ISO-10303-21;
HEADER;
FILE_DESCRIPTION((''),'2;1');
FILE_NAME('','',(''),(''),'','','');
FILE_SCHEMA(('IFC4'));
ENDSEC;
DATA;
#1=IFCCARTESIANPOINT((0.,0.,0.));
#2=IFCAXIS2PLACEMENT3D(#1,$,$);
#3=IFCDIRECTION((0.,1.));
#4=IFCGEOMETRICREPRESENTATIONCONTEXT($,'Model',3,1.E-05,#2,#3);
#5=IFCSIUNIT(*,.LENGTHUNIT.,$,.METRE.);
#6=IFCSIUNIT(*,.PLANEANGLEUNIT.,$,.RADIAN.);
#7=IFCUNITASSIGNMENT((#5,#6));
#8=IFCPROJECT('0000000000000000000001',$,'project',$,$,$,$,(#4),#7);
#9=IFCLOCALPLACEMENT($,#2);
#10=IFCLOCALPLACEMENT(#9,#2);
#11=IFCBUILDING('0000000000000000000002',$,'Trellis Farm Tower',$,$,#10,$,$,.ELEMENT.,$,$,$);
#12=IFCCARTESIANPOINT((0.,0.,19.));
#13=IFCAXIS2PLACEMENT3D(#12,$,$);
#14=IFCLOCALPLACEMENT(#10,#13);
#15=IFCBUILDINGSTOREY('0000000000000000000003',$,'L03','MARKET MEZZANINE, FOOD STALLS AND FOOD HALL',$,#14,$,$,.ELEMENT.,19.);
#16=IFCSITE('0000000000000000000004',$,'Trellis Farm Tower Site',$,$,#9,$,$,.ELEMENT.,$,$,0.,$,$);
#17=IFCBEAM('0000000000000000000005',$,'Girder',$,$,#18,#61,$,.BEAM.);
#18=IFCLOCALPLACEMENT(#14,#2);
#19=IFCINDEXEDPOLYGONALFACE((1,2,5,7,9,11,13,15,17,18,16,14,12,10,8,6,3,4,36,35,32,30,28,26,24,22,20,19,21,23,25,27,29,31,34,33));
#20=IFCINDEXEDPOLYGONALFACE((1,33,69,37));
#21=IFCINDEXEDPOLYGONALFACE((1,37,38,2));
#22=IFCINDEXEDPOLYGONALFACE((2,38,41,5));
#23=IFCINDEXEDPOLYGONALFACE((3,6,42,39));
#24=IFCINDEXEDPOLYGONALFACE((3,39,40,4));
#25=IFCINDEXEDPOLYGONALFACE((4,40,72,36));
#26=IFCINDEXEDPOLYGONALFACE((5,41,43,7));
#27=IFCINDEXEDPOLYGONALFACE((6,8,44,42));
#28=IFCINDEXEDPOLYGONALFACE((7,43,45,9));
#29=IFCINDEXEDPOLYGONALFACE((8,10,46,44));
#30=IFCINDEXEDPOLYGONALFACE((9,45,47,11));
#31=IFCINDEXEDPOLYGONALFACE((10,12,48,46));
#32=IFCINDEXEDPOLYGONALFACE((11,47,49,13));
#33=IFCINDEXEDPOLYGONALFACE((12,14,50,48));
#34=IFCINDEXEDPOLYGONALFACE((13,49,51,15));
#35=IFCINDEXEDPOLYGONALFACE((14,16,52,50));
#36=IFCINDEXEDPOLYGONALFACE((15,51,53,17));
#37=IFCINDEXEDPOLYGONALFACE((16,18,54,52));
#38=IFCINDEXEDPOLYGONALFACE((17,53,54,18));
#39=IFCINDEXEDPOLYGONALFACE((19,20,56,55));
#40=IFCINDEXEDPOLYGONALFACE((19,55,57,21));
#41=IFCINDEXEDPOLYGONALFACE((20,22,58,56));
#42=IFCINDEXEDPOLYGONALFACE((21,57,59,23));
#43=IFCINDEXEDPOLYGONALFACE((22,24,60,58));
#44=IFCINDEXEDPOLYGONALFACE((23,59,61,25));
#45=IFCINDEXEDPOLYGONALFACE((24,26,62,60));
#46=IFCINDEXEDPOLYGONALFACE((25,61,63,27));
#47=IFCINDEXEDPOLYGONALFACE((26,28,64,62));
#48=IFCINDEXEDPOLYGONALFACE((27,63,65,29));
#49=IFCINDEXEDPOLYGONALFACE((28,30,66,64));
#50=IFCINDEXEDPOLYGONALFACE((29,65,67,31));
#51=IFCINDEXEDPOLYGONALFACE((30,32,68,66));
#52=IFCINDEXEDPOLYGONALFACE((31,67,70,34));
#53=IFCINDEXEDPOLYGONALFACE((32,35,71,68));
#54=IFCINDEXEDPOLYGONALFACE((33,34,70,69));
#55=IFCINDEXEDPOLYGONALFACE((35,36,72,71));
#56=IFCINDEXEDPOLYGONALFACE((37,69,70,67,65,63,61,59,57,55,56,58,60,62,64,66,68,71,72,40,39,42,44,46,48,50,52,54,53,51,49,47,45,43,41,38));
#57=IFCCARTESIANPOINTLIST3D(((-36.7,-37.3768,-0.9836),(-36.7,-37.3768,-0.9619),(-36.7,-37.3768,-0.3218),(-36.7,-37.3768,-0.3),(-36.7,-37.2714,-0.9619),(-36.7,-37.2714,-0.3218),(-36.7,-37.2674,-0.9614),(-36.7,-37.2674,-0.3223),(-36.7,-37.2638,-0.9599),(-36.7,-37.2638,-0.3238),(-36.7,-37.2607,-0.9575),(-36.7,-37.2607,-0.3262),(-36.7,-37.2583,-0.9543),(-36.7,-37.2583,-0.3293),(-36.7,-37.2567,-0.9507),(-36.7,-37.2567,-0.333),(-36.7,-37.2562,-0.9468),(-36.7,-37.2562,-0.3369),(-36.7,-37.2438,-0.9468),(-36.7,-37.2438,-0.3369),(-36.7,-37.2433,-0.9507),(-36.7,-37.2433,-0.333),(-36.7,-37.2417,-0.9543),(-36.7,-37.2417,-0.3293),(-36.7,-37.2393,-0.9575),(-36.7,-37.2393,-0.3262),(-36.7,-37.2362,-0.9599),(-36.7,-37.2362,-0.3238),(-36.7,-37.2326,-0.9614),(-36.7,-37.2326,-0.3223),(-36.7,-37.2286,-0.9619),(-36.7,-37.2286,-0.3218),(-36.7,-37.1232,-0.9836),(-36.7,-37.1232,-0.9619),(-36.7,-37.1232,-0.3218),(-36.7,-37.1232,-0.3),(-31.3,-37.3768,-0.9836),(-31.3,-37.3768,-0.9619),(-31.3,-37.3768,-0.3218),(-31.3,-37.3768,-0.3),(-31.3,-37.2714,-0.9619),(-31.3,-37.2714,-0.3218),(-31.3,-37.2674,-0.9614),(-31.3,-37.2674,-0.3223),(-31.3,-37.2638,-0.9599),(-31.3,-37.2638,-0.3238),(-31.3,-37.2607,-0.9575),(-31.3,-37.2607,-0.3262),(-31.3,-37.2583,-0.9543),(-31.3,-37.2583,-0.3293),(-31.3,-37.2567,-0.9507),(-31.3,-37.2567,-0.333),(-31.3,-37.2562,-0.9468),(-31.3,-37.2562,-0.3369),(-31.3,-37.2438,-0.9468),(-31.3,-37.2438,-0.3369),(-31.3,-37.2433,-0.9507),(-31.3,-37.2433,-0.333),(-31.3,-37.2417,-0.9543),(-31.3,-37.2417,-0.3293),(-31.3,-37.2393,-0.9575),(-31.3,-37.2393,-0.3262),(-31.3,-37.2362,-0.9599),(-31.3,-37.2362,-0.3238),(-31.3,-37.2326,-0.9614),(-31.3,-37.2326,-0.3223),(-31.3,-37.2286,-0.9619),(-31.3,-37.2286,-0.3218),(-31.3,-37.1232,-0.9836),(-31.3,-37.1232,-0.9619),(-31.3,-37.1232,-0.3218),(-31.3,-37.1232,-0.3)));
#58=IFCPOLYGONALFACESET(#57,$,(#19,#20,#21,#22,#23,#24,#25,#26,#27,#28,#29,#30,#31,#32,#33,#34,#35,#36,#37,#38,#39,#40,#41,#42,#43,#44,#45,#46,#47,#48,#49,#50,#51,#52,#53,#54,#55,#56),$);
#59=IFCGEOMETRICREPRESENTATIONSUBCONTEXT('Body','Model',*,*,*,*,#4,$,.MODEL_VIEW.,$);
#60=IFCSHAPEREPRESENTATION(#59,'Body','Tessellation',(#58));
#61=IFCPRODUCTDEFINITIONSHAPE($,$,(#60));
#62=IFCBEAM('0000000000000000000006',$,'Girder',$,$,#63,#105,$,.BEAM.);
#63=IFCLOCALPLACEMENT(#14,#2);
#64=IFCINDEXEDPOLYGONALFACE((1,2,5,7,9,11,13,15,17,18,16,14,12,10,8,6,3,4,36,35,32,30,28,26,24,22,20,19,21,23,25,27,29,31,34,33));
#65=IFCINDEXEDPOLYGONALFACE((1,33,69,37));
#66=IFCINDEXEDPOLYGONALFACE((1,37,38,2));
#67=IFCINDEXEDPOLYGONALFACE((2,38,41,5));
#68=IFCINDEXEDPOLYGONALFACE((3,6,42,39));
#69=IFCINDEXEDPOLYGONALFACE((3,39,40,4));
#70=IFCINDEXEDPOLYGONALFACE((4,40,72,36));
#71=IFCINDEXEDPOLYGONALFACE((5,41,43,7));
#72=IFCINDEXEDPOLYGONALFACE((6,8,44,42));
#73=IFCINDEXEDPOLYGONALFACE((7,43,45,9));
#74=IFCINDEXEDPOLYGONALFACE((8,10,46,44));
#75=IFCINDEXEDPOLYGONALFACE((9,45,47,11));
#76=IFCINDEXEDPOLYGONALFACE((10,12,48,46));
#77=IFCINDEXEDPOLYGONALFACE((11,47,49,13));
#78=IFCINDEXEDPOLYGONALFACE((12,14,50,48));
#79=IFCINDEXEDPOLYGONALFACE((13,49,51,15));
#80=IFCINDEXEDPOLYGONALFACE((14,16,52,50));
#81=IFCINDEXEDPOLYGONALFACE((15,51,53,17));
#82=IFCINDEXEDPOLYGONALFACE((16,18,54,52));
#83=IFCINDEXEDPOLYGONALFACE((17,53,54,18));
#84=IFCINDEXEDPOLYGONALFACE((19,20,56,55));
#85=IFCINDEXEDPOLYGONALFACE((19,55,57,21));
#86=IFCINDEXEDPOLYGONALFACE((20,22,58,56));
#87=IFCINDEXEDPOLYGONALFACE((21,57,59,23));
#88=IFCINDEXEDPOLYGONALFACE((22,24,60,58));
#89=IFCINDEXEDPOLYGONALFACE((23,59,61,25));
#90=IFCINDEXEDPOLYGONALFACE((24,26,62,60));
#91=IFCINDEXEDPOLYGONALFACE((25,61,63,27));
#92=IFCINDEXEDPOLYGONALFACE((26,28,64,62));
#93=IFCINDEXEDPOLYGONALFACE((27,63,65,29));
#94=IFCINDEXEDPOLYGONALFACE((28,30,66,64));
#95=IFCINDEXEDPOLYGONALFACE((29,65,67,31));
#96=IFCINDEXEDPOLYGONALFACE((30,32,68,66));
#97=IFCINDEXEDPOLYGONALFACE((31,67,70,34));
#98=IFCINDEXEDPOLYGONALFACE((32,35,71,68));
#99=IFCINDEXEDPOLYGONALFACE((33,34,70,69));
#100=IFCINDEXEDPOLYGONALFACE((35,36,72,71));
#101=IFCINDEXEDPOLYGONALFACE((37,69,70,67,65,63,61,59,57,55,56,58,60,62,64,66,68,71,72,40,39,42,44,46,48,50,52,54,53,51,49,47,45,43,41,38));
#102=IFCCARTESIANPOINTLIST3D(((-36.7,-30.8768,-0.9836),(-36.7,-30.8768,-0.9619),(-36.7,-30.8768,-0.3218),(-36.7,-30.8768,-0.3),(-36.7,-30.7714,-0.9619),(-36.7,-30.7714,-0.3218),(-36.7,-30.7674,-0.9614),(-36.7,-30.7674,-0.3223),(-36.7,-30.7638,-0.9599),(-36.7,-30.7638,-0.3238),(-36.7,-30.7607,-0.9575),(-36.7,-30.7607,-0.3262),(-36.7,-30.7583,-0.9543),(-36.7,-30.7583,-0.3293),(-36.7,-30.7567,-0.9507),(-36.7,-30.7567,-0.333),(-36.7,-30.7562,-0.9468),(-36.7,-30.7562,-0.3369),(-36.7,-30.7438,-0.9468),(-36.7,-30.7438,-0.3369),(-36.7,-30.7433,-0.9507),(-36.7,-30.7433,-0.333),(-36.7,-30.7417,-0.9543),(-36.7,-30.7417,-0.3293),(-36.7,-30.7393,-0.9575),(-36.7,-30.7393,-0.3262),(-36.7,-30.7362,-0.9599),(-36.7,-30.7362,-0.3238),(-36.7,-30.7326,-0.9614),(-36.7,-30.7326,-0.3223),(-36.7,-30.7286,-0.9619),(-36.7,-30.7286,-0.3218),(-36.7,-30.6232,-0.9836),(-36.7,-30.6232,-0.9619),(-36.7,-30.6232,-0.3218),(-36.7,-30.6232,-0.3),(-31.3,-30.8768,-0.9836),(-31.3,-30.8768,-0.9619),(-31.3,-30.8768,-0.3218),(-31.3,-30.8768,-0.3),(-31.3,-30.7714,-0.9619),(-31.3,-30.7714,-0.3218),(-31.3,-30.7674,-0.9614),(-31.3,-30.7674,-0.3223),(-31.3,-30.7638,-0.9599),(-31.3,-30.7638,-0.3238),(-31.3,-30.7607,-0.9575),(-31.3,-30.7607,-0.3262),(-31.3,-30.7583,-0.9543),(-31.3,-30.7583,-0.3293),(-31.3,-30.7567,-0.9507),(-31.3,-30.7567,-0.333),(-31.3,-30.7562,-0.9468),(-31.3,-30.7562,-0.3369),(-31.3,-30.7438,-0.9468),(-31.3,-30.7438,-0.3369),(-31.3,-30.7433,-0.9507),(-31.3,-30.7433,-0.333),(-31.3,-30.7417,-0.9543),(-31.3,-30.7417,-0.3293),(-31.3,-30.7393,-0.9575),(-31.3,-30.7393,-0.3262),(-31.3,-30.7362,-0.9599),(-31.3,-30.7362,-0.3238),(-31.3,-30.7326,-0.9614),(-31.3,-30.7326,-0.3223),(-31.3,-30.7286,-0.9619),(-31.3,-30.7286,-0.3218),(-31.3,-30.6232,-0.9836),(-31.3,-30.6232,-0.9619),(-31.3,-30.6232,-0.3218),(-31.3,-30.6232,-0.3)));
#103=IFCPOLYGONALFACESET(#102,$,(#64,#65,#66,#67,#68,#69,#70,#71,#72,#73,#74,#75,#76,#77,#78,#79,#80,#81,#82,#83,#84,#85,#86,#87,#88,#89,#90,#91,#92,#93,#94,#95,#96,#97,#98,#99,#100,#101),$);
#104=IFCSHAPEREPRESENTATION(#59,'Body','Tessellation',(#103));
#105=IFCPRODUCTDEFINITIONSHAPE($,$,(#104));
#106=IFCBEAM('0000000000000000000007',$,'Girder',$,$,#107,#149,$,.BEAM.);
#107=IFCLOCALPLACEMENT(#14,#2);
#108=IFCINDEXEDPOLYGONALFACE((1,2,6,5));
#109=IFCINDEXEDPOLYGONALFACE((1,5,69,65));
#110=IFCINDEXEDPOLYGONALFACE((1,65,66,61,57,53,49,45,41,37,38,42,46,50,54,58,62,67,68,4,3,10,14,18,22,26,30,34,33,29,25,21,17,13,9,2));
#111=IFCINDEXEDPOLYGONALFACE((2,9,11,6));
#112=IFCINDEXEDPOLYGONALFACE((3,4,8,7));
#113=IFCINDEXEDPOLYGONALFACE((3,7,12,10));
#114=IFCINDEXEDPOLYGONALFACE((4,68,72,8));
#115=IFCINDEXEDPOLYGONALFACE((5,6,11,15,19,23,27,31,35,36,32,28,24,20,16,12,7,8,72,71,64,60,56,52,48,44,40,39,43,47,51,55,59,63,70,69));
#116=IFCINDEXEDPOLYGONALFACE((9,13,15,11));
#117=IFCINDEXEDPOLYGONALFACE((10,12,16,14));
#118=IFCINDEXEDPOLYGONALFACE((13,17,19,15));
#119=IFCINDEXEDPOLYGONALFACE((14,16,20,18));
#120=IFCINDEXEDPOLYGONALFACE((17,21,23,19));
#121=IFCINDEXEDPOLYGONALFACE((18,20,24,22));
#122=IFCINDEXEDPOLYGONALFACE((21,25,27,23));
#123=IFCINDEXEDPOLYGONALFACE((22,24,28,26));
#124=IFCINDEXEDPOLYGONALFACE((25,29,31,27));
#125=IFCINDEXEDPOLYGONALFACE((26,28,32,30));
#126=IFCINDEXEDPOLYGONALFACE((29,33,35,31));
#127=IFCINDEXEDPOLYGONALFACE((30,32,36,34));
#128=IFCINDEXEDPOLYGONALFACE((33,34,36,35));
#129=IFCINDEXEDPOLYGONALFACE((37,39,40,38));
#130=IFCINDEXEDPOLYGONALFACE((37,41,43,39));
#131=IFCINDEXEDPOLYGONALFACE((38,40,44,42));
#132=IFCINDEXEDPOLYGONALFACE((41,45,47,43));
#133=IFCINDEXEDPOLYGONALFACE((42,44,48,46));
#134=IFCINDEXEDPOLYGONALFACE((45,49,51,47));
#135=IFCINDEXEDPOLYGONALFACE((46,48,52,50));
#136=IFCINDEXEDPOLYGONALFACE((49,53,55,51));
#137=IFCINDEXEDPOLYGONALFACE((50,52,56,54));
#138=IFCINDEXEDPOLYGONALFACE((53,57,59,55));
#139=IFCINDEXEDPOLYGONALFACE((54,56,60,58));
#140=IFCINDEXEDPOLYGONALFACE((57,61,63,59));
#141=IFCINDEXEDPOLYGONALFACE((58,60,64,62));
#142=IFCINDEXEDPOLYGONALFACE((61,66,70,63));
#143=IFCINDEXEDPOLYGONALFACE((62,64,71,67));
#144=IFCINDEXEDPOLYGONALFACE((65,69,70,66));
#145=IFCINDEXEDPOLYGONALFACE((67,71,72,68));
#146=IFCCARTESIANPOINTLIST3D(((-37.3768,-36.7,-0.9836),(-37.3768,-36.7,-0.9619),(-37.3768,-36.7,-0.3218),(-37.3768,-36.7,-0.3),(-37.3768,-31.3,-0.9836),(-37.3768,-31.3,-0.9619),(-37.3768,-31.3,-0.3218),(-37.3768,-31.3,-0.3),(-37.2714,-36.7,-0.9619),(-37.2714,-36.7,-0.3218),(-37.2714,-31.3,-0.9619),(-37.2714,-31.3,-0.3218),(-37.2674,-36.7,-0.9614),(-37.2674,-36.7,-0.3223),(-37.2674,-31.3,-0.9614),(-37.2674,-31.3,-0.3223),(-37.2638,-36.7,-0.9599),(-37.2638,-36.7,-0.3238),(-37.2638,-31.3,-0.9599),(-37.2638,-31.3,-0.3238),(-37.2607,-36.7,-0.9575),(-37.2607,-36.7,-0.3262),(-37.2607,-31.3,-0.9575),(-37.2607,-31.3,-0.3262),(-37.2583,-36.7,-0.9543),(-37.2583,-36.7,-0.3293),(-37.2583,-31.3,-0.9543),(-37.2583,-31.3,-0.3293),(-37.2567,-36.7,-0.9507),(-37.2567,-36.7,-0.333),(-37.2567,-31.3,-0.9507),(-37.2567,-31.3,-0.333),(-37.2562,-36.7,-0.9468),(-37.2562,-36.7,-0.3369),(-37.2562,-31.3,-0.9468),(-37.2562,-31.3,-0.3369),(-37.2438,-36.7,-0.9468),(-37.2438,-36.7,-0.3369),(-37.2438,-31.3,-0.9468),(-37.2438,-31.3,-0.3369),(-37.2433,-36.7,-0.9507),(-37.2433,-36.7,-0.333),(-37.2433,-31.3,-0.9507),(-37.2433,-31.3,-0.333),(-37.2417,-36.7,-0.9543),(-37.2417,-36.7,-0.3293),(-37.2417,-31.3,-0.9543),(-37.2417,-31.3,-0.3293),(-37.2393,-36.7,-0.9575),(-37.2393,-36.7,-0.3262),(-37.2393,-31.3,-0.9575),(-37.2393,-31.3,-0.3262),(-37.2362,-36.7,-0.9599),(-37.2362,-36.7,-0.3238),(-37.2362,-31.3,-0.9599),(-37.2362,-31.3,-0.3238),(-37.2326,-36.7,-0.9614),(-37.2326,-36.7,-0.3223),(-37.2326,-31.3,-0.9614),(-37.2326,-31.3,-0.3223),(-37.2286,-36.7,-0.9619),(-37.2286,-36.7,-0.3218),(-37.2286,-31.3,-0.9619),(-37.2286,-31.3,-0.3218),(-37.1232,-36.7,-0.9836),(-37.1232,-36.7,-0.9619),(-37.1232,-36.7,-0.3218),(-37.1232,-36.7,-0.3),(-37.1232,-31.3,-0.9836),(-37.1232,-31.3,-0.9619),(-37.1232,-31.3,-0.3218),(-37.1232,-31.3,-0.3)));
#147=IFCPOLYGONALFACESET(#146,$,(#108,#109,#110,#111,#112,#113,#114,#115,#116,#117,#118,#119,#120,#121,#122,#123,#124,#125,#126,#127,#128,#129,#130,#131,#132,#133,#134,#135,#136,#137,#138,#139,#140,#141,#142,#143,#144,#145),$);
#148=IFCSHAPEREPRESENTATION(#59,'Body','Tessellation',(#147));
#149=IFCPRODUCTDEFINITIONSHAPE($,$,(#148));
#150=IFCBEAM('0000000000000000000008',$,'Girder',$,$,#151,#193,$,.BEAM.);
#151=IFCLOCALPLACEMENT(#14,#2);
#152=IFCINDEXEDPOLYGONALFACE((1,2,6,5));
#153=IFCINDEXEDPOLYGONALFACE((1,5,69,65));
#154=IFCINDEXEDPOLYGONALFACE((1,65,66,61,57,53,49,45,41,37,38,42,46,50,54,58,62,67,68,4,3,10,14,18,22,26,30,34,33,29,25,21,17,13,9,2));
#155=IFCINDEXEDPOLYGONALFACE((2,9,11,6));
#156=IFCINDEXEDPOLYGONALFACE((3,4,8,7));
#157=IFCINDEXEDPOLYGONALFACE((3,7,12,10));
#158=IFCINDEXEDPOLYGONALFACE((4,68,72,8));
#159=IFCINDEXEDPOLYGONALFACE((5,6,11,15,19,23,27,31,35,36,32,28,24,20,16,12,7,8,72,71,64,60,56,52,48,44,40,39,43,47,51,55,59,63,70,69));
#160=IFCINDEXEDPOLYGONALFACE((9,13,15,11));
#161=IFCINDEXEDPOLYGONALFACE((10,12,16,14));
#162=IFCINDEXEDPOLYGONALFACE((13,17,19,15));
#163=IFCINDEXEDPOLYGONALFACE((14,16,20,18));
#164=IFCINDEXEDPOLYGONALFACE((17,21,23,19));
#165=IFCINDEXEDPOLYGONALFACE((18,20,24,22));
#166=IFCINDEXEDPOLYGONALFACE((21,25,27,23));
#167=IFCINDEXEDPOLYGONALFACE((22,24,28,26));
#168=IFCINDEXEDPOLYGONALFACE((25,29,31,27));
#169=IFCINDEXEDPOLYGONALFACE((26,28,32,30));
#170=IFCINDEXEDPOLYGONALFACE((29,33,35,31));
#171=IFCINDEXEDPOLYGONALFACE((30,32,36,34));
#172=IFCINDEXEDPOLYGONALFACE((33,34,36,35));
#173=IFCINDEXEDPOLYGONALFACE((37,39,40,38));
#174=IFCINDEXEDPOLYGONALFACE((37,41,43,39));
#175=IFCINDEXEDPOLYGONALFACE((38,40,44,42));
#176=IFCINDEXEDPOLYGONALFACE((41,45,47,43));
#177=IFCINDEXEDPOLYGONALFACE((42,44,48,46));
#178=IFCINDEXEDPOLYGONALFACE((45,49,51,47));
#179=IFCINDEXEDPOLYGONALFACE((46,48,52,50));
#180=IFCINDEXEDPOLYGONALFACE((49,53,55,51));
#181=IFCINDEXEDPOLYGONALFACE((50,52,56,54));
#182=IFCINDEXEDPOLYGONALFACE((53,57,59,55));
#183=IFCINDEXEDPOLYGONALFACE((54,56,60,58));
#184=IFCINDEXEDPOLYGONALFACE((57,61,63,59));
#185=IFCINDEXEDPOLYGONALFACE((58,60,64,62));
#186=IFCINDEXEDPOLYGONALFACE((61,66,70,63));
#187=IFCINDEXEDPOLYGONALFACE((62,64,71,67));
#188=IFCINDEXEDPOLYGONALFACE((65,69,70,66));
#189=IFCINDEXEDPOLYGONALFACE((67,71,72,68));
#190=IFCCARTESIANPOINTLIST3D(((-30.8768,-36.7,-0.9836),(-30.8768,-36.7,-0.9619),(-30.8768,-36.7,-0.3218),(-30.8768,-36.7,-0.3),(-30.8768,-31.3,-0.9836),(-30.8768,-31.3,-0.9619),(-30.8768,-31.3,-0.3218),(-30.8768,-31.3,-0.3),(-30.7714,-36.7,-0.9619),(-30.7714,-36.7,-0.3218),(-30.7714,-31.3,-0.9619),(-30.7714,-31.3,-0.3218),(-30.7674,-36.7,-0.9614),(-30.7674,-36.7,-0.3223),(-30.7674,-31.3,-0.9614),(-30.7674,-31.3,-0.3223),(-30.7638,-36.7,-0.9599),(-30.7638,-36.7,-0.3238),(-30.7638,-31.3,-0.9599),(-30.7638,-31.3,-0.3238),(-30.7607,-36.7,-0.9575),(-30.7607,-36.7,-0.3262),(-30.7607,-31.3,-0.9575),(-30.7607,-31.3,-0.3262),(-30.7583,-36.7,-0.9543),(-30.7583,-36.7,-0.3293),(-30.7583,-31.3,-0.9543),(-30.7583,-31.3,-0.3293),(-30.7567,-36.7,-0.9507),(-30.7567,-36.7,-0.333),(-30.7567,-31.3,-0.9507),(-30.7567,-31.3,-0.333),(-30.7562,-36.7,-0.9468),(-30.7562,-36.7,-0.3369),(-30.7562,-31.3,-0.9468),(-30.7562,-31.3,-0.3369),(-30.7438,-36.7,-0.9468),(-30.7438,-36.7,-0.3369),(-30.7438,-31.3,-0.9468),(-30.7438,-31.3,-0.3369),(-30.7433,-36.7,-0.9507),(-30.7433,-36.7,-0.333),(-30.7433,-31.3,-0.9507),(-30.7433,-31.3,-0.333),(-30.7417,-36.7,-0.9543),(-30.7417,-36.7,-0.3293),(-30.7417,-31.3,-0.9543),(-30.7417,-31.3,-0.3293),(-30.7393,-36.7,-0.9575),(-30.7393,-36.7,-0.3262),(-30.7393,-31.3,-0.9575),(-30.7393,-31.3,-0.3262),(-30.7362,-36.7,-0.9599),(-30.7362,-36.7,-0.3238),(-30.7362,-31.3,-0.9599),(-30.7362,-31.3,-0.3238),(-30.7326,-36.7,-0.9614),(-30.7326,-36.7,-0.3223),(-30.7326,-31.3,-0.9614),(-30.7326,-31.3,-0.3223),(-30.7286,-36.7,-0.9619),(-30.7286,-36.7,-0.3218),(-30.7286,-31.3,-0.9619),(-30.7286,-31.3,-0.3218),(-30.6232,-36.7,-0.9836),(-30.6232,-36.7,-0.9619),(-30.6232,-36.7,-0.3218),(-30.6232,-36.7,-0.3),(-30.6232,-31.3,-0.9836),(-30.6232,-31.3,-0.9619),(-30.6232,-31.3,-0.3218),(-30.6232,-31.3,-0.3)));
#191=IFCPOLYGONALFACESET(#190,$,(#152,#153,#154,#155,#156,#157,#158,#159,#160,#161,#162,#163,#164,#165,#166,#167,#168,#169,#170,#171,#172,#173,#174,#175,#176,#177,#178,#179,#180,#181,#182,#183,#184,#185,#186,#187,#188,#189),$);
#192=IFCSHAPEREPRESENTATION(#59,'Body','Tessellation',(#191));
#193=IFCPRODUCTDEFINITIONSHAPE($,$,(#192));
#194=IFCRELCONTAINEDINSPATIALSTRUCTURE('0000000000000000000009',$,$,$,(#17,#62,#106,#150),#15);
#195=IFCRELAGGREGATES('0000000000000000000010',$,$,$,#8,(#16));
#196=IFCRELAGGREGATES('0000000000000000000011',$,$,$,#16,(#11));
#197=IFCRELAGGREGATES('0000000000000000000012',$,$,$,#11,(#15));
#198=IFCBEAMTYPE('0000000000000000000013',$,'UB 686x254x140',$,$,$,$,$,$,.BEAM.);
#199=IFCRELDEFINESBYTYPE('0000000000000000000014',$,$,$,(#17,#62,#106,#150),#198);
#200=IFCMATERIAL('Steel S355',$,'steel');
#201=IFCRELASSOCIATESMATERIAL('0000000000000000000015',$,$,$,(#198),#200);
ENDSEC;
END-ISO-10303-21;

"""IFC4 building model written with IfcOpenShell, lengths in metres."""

from ifc_helpers import new_model, si_unit, direction, frame, origin, origin_2d, place, context, subcontext, project, spatial, i_section, extrude, source, transform, mapped, material, material_profile, profile_set, type_object, element, save


model = new_model("IFC4")

# Units and contexts
model_context = context("Model", 3, precision=1e-05, world=origin(), true_north=direction((0.0, 1.0)))
body_context = subcontext(model_context, "Body", "Model", "MODEL_VIEW")
ifc_project = project(units=[si_unit("LENGTHUNIT", "METRE"), si_unit("PLANEANGLEUNIT", "RADIAN")], contexts=[model_context])

# Site, building, storey
site_placement = place(None, origin())
site = spatial("IfcSite", under=ifc_project, at=site_placement, Name="Trellis Farm Tower Site", CompositionType="ELEMENT", RefElevation=0.0)
building_placement = place(site_placement, origin())
building = spatial("IfcBuilding", under=site, at=building_placement, Name="Trellis Farm Tower", CompositionType="ELEMENT")
storey_placement = place(building_placement, frame((0.0, 0.0, 19.0)))
storey = spatial("IfcBuildingStorey", under=building, at=storey_placement, Name="L03", Description="MARKET MEZZANINE, FOOD STALLS AND FOOD HALL", CompositionType="ELEMENT", Elevation=19.0)

# Beams
ifc_material_1 = material(Name="Steel S355", Category="steel")
ifc_material_profile_1 = material_profile(ifc_material_1, i_section(OverallWidth=0.2537, OverallDepth=0.6836, WebThickness=0.0125, FlangeThickness=0.0217, FilletRadius=0.0151, at=origin_2d()), Name="UB 686x254x140")
ifc_profile_set_1 = profile_set([ifc_material_profile_1], Name="Steel S355")
beam_type_1 = type_object("IfcBeamType", Name="UB 686x254x140", PredefinedType="BEAM", material=ifc_profile_set_1)
shared_shape_1 = source(origin(), body_context, "Body", "SweptSolid", [
    extrude(i_section(OverallWidth=0.2537, OverallDepth=0.6836, WebThickness=0.0125, FlangeThickness=0.0217, FilletRadius=0.0151, at=origin_2d()), origin(), (0.0, 0.0, 1.0), 5.3999),
])
for number, where, z_axis, x_axis, name in (
    (1, (-36.7, -37.25, -0.6418), (1.0, 0.0, 0.0), (0.0, 1.0, 0.0), "Girder"),
    (2, (-36.7, -30.75, -0.6418), (1.0, 0.0, 0.0), (0.0, 1.0, 0.0), "Girder"),
    (3, (-37.25, -36.7, -0.6418), (0.0, 1.0, 0.0), (-1.0, 0.0, 0.0), "Girder"),
    (4, (-30.75, -36.7, -0.6418), (0.0, 1.0, 0.0), (-1.0, 0.0, 0.0), "Girder"),
):
    element("IfcBeam", number, at=place(storey_placement, frame(where, z_axis=z_axis, x_axis=x_axis)), inside=storey, type_object=beam_type_1, Name=name, PredefinedType="BEAM", context=body_context, shape_type="MappedRepresentation", body=[
        mapped(shared_shape_1, transform((0.0, 0.0, 0.0))),
    ])

save(model, "model.ifc")
